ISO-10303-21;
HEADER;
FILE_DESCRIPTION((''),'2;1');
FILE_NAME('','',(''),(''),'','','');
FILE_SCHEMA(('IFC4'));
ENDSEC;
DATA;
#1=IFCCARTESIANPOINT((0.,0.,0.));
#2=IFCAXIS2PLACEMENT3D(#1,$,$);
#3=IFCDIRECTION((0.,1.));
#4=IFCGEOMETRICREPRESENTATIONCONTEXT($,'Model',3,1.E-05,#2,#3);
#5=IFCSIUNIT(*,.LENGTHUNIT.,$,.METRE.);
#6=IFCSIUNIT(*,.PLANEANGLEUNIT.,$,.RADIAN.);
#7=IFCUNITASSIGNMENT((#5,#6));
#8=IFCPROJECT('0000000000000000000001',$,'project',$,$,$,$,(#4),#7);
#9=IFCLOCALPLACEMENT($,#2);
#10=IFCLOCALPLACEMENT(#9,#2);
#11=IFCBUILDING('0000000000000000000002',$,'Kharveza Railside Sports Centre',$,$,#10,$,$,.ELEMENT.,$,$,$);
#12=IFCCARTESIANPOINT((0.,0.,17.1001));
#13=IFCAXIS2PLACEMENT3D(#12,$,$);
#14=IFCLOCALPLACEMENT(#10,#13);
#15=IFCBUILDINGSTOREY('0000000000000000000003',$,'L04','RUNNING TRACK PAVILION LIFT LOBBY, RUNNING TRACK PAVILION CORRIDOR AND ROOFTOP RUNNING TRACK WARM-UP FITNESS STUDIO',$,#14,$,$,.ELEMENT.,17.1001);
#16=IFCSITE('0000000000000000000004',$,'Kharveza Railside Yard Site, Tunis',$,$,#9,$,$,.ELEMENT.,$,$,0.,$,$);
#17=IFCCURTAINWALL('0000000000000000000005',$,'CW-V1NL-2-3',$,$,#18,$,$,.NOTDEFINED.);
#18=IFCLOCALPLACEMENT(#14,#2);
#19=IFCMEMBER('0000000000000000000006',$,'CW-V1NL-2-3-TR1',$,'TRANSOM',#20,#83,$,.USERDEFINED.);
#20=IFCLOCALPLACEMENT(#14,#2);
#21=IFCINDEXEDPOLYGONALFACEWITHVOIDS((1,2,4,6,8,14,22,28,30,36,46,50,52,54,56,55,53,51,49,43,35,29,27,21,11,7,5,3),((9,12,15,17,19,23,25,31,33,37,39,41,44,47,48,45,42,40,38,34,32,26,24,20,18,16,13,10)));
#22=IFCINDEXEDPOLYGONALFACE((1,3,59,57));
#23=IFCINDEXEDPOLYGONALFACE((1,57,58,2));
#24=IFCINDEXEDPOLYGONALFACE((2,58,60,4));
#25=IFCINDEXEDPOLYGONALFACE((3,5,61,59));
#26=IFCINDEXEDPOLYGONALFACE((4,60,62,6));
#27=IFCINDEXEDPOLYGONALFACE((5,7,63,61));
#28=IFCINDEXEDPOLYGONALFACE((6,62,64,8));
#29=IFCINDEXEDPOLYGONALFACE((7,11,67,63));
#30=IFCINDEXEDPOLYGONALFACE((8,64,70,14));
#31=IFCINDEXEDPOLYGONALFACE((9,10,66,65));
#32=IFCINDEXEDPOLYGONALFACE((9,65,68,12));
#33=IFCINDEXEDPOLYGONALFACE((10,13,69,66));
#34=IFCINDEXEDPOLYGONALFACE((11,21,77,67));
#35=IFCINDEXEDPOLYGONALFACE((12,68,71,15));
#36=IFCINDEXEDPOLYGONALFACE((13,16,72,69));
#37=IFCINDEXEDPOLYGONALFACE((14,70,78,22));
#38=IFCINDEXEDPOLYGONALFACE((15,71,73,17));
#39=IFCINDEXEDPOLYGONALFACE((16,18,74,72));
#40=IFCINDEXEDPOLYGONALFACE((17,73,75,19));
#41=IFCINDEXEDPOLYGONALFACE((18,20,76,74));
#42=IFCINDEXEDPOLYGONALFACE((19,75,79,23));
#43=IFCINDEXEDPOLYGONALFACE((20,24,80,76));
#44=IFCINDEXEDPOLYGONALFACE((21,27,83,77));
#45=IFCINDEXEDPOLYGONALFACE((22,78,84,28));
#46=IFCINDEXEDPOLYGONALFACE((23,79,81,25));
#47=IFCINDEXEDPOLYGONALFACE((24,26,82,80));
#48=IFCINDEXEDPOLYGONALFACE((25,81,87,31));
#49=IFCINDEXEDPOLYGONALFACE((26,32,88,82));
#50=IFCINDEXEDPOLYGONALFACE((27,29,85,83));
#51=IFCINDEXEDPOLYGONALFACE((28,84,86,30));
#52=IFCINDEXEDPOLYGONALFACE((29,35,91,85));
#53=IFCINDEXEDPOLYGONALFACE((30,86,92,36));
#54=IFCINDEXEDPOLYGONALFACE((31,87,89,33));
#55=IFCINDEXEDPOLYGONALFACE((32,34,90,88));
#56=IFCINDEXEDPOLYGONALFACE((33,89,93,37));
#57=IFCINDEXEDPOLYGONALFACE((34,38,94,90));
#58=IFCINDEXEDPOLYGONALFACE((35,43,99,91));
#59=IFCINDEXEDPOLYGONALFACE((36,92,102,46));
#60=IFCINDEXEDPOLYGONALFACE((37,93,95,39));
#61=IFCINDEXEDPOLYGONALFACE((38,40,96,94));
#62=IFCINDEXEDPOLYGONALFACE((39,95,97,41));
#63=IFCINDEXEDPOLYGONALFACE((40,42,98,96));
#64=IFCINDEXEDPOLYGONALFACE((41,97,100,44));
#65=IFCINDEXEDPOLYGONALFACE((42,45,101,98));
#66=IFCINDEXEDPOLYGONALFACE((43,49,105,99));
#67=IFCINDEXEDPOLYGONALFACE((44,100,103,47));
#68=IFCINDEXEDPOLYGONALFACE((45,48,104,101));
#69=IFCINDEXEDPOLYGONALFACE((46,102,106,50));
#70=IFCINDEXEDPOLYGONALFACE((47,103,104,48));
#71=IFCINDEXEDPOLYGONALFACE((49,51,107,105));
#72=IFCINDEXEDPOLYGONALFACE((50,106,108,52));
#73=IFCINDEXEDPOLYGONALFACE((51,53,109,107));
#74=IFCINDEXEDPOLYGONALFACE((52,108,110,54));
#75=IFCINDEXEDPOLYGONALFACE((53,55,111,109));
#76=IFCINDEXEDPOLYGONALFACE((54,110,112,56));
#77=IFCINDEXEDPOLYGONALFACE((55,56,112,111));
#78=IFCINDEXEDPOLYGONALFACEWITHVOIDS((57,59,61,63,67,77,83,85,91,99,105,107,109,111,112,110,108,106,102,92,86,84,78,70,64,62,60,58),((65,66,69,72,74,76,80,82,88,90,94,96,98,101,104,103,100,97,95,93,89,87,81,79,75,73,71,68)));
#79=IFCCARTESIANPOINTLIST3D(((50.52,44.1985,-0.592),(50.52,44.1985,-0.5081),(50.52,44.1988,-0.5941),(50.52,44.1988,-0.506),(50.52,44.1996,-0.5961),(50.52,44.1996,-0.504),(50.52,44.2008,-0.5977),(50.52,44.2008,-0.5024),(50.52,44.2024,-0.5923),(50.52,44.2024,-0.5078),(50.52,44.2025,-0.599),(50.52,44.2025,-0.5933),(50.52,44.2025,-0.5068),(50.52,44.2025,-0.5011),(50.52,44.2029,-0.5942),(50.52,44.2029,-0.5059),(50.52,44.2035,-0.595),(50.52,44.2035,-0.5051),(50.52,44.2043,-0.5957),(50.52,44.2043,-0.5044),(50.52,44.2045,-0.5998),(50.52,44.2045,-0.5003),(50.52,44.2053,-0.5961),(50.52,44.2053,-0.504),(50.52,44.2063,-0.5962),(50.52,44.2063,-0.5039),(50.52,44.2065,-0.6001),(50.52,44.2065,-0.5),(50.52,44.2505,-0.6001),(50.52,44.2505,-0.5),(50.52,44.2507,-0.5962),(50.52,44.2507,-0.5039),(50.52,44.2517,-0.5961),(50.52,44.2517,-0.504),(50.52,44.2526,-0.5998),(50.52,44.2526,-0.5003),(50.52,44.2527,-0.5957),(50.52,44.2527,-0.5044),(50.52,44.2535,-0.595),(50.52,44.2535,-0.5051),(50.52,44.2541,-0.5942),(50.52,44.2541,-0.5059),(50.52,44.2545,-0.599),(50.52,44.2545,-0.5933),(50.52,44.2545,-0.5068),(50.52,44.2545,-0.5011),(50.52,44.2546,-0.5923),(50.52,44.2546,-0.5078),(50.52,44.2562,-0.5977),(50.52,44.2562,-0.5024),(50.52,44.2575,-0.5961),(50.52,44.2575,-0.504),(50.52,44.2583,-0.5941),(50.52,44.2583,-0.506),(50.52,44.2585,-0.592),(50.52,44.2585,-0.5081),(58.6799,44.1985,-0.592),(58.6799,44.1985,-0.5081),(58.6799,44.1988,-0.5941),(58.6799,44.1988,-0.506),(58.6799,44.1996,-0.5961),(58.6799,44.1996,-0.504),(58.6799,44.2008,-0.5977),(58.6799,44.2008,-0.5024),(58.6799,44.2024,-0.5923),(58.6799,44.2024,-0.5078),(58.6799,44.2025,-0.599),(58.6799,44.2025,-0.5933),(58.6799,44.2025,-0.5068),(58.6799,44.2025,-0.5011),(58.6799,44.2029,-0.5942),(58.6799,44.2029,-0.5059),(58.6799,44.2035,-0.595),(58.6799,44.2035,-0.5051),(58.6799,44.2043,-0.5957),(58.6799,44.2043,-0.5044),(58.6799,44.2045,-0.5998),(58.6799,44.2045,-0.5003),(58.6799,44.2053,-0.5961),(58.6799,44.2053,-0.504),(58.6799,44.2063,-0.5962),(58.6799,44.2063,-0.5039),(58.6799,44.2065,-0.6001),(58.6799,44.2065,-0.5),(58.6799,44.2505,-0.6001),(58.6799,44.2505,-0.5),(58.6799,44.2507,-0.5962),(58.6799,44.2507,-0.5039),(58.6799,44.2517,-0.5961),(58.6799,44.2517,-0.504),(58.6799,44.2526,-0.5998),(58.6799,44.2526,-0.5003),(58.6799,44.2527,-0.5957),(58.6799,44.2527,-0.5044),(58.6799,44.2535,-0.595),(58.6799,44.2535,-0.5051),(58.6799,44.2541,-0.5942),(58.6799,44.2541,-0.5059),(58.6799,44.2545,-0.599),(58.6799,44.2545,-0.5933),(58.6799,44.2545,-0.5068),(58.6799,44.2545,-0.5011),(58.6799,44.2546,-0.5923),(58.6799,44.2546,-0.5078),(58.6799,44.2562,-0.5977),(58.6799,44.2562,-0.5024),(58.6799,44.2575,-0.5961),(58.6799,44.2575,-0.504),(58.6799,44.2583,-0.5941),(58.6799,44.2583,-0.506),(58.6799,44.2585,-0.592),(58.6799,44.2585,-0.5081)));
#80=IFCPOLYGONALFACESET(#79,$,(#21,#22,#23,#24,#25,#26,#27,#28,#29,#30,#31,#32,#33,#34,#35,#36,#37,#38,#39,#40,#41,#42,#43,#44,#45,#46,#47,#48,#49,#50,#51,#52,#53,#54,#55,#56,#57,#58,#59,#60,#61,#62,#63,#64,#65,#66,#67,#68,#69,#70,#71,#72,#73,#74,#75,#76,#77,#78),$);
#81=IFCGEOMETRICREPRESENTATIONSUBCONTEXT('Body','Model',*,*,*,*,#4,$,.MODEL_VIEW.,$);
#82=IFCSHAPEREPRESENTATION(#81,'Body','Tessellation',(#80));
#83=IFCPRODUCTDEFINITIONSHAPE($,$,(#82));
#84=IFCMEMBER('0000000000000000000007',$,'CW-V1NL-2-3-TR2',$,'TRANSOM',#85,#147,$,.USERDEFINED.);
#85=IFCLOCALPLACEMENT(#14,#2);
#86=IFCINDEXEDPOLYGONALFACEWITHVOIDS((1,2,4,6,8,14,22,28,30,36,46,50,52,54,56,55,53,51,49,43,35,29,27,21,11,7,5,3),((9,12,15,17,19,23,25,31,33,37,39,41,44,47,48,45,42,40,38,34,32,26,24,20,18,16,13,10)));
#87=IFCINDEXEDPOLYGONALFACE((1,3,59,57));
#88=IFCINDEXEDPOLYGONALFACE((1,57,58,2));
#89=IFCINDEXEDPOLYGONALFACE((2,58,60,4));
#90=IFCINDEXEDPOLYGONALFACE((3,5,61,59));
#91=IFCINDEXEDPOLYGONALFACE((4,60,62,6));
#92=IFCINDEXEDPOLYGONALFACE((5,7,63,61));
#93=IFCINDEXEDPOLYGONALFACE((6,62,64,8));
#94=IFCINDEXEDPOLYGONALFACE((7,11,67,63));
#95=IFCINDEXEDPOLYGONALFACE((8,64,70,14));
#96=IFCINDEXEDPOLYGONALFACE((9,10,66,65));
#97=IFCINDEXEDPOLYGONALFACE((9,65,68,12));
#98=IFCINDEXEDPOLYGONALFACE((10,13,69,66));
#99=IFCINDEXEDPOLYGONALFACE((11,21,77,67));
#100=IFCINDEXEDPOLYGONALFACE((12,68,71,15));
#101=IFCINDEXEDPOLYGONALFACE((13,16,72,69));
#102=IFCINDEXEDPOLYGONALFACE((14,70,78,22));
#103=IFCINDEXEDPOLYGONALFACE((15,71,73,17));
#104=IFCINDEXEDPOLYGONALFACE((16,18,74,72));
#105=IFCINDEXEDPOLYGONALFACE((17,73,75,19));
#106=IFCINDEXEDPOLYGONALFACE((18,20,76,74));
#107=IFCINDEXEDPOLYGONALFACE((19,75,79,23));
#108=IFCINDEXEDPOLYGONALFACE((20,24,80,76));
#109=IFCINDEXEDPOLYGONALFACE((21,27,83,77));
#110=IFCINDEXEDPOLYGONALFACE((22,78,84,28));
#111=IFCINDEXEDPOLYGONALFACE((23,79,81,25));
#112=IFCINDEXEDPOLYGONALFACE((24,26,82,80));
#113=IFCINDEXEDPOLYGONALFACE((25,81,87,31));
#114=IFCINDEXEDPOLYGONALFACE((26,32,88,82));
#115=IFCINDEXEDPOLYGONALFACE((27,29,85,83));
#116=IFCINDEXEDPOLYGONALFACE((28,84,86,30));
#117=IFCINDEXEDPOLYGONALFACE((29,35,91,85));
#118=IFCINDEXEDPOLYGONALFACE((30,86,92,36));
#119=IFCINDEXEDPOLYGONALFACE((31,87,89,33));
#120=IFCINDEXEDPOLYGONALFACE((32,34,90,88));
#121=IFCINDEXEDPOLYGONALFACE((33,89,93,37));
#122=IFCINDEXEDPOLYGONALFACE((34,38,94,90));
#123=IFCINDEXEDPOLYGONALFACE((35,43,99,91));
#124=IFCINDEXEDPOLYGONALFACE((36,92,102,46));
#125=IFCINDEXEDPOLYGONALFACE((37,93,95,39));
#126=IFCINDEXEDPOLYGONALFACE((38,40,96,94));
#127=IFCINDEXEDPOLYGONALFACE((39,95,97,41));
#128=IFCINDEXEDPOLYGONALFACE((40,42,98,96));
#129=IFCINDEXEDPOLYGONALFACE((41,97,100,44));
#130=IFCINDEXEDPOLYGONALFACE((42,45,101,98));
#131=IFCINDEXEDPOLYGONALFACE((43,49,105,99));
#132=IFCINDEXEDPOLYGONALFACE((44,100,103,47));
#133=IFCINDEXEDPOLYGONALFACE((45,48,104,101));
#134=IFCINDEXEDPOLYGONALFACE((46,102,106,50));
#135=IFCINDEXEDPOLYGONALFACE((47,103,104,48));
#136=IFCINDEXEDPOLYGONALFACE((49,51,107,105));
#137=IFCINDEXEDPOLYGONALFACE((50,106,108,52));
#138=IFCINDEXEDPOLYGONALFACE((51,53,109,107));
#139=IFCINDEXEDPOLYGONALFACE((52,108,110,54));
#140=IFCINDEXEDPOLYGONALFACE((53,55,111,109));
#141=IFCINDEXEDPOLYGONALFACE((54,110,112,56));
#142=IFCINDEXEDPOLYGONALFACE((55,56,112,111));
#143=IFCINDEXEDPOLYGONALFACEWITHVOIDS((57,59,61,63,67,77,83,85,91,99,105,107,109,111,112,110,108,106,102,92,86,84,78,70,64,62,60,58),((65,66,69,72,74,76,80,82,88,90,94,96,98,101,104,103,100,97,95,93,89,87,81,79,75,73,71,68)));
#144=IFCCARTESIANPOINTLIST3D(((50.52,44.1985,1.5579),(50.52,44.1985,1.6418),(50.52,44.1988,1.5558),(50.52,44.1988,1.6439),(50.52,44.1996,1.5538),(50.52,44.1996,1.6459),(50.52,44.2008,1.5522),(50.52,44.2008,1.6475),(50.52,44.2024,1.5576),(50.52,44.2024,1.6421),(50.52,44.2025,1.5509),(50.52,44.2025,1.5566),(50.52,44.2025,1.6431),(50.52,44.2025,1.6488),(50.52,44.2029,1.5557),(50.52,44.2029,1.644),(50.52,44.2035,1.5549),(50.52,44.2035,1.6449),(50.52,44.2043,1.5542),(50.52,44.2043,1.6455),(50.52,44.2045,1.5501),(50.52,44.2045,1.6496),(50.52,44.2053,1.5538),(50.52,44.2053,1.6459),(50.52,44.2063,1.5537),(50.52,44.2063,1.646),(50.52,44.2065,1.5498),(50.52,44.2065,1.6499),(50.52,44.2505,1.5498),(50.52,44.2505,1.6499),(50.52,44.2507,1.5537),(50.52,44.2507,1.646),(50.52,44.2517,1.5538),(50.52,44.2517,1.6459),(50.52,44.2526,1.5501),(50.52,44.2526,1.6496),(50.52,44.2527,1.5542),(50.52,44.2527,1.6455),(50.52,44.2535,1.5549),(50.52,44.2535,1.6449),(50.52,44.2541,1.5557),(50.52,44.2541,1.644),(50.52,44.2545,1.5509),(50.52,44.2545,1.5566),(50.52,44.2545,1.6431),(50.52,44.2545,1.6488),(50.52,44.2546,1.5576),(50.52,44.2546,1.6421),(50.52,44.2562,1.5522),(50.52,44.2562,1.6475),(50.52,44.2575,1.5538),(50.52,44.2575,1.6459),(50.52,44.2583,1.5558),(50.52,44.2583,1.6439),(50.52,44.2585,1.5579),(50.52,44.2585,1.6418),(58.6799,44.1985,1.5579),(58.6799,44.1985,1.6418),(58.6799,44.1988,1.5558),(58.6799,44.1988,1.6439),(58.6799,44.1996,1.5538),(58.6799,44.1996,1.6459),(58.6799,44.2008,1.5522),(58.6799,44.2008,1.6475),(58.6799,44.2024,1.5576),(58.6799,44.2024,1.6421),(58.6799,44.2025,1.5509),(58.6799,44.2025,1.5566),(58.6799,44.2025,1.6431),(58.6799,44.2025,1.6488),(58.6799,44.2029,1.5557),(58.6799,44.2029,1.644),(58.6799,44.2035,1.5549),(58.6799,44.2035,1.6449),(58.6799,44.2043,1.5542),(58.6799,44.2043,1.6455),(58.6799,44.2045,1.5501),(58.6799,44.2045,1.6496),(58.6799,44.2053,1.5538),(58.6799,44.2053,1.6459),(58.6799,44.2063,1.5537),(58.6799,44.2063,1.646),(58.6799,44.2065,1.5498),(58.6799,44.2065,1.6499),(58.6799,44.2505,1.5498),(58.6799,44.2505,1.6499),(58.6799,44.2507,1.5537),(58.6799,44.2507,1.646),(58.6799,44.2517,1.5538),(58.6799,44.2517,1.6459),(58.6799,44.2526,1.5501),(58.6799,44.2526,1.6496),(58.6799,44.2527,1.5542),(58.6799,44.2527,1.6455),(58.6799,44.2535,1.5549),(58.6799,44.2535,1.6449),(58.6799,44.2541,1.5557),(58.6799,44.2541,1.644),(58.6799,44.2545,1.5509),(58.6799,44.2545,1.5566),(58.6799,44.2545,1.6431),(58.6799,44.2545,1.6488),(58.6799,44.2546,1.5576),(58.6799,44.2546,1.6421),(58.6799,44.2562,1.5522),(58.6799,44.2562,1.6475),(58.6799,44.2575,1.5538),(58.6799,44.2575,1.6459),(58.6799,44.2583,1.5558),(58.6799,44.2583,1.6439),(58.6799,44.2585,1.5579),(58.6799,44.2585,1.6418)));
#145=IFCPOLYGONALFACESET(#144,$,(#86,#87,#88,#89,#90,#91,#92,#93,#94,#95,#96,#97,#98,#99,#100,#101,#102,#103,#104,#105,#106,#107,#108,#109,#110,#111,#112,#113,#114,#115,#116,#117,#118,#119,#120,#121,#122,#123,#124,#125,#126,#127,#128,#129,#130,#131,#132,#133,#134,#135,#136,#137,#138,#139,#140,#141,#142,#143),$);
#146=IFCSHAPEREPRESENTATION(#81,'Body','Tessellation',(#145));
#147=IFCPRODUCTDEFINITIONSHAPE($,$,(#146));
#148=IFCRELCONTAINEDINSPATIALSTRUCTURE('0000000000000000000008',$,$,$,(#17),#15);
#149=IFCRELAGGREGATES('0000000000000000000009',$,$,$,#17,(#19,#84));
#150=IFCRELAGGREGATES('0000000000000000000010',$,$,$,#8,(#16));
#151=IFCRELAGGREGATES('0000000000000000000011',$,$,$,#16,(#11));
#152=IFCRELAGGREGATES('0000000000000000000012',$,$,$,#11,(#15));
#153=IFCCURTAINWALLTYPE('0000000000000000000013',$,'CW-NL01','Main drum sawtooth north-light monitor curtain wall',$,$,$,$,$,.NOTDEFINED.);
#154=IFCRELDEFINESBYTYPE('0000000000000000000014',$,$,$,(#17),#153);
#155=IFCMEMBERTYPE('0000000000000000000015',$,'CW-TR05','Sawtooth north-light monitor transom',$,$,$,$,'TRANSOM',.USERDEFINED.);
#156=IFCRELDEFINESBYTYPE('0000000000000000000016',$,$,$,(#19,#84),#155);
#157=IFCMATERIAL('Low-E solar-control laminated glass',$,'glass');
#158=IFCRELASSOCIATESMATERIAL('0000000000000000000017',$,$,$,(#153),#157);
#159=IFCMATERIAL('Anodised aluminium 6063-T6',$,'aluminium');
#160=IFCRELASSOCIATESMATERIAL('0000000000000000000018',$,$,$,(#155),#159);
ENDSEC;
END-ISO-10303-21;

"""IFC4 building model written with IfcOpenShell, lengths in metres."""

from ifc_helpers import new_model, si_unit, direction, frame, origin, origin_2d, place, context, subcontext, project, spatial, hollow_rectangle, extrude, material, material_profile, profile_set, type_object, element, aggregate, save


model = new_model("IFC4")

# Units and contexts
model_context = context("Model", 3, precision=1e-05, world=origin(), true_north=direction((0.0, 1.0)))
body_context = subcontext(model_context, "Body", "Model", "MODEL_VIEW")
ifc_project = project(units=[si_unit("LENGTHUNIT", "METRE"), si_unit("PLANEANGLEUNIT", "RADIAN")], contexts=[model_context])

# Site, building, storey
site_placement = place(None, origin())
site = spatial("IfcSite", under=ifc_project, at=site_placement, Name="Kharveza Railside Yard Site, Tunis", CompositionType="ELEMENT", RefElevation=0.0)
building_placement = place(site_placement, origin())
building = spatial("IfcBuilding", under=site, at=building_placement, Name="Kharveza Railside Sports Centre", CompositionType="ELEMENT")
storey_placement = place(building_placement, frame((0.0, 0.0, 17.1001)))
storey = spatial("IfcBuildingStorey", under=building, at=storey_placement, Name="L04", Description="RUNNING TRACK PAVILION LIFT LOBBY, RUNNING TRACK PAVILION CORRIDOR AND ROOFTOP RUNNING TRACK WARM-UP FITNESS STUDIO", CompositionType="ELEMENT", Elevation=17.1001)

# Curtain wall
ifc_material_1 = material(Name="Low-E solar-control laminated glass", Category="glass")
curtain_wall_type = type_object("IfcCurtainWallType", Name="CW-NL01", Description="Main drum sawtooth north-light monitor curtain wall", PredefinedType="NOTDEFINED", material=ifc_material_1)
ifc_material_2 = material(Name="Anodised aluminium 6063-T6", Category="aluminium")
curtain_wall_1_placement = place(storey_placement, origin())
curtain_wall_1 = element("IfcCurtainWall", 1, at=curtain_wall_1_placement, inside=storey, type_object=curtain_wall_type, Name="CW-V1NL-2-3", PredefinedType="NOTDEFINED")

# Members
ifc_material_profile_1 = material_profile(ifc_material_2, hollow_rectangle(XDim=0.0601, YDim=0.1001, WallThickness=0.0039, InnerFilletRadius=0.0039, OuterFilletRadius=0.0081, at=origin_2d()), Name="RHS 60x100x4.0")
ifc_profile_set_1 = profile_set([ifc_material_profile_1], Name="Anodised aluminium 6063-T6")
member_type_1 = type_object("IfcMemberType", Name="CW-TR05", Description="Sawtooth north-light monitor transom", ElementType="TRANSOM", PredefinedType="USERDEFINED", material=ifc_profile_set_1)
member_1_placement = place(storey_placement, frame((50.52, 44.2285, -0.55), z_axis=(1.0, 0.0, 0.0), x_axis=(0.0, 1.0, 0.0)))
member_1 = element("IfcMember", 2, at=member_1_placement, type_object=member_type_1, Name="CW-V1NL-2-3-TR1", ObjectType="TRANSOM", PredefinedType="USERDEFINED", context=body_context, shape_type="SweptSolid", body=[
    extrude(hollow_rectangle(XDim=0.0601, YDim=0.1001, WallThickness=0.0039, InnerFilletRadius=0.0039, OuterFilletRadius=0.0081, at=origin_2d()), origin(), (0.0, 0.0, 1.0), 8.1599),
])
member_2_placement = place(storey_placement, frame((50.52, 44.2285, 1.5999), z_axis=(1.0, 0.0, 0.0), x_axis=(0.0, 1.0, 0.0)))
member_2 = element("IfcMember", 3, at=member_2_placement, type_object=member_type_1, Name="CW-V1NL-2-3-TR2", ObjectType="TRANSOM", PredefinedType="USERDEFINED", context=body_context, shape_type="SweptSolid", body=[
    extrude(hollow_rectangle(XDim=0.0601, YDim=0.1001, WallThickness=0.0039, InnerFilletRadius=0.0039, OuterFilletRadius=0.0081, at=origin_2d()), origin(), (0.0, 0.0, 1.0), 8.1599),
])

aggregate(curtain_wall_1, [member_1, member_2])

save(model, "model.ifc")
